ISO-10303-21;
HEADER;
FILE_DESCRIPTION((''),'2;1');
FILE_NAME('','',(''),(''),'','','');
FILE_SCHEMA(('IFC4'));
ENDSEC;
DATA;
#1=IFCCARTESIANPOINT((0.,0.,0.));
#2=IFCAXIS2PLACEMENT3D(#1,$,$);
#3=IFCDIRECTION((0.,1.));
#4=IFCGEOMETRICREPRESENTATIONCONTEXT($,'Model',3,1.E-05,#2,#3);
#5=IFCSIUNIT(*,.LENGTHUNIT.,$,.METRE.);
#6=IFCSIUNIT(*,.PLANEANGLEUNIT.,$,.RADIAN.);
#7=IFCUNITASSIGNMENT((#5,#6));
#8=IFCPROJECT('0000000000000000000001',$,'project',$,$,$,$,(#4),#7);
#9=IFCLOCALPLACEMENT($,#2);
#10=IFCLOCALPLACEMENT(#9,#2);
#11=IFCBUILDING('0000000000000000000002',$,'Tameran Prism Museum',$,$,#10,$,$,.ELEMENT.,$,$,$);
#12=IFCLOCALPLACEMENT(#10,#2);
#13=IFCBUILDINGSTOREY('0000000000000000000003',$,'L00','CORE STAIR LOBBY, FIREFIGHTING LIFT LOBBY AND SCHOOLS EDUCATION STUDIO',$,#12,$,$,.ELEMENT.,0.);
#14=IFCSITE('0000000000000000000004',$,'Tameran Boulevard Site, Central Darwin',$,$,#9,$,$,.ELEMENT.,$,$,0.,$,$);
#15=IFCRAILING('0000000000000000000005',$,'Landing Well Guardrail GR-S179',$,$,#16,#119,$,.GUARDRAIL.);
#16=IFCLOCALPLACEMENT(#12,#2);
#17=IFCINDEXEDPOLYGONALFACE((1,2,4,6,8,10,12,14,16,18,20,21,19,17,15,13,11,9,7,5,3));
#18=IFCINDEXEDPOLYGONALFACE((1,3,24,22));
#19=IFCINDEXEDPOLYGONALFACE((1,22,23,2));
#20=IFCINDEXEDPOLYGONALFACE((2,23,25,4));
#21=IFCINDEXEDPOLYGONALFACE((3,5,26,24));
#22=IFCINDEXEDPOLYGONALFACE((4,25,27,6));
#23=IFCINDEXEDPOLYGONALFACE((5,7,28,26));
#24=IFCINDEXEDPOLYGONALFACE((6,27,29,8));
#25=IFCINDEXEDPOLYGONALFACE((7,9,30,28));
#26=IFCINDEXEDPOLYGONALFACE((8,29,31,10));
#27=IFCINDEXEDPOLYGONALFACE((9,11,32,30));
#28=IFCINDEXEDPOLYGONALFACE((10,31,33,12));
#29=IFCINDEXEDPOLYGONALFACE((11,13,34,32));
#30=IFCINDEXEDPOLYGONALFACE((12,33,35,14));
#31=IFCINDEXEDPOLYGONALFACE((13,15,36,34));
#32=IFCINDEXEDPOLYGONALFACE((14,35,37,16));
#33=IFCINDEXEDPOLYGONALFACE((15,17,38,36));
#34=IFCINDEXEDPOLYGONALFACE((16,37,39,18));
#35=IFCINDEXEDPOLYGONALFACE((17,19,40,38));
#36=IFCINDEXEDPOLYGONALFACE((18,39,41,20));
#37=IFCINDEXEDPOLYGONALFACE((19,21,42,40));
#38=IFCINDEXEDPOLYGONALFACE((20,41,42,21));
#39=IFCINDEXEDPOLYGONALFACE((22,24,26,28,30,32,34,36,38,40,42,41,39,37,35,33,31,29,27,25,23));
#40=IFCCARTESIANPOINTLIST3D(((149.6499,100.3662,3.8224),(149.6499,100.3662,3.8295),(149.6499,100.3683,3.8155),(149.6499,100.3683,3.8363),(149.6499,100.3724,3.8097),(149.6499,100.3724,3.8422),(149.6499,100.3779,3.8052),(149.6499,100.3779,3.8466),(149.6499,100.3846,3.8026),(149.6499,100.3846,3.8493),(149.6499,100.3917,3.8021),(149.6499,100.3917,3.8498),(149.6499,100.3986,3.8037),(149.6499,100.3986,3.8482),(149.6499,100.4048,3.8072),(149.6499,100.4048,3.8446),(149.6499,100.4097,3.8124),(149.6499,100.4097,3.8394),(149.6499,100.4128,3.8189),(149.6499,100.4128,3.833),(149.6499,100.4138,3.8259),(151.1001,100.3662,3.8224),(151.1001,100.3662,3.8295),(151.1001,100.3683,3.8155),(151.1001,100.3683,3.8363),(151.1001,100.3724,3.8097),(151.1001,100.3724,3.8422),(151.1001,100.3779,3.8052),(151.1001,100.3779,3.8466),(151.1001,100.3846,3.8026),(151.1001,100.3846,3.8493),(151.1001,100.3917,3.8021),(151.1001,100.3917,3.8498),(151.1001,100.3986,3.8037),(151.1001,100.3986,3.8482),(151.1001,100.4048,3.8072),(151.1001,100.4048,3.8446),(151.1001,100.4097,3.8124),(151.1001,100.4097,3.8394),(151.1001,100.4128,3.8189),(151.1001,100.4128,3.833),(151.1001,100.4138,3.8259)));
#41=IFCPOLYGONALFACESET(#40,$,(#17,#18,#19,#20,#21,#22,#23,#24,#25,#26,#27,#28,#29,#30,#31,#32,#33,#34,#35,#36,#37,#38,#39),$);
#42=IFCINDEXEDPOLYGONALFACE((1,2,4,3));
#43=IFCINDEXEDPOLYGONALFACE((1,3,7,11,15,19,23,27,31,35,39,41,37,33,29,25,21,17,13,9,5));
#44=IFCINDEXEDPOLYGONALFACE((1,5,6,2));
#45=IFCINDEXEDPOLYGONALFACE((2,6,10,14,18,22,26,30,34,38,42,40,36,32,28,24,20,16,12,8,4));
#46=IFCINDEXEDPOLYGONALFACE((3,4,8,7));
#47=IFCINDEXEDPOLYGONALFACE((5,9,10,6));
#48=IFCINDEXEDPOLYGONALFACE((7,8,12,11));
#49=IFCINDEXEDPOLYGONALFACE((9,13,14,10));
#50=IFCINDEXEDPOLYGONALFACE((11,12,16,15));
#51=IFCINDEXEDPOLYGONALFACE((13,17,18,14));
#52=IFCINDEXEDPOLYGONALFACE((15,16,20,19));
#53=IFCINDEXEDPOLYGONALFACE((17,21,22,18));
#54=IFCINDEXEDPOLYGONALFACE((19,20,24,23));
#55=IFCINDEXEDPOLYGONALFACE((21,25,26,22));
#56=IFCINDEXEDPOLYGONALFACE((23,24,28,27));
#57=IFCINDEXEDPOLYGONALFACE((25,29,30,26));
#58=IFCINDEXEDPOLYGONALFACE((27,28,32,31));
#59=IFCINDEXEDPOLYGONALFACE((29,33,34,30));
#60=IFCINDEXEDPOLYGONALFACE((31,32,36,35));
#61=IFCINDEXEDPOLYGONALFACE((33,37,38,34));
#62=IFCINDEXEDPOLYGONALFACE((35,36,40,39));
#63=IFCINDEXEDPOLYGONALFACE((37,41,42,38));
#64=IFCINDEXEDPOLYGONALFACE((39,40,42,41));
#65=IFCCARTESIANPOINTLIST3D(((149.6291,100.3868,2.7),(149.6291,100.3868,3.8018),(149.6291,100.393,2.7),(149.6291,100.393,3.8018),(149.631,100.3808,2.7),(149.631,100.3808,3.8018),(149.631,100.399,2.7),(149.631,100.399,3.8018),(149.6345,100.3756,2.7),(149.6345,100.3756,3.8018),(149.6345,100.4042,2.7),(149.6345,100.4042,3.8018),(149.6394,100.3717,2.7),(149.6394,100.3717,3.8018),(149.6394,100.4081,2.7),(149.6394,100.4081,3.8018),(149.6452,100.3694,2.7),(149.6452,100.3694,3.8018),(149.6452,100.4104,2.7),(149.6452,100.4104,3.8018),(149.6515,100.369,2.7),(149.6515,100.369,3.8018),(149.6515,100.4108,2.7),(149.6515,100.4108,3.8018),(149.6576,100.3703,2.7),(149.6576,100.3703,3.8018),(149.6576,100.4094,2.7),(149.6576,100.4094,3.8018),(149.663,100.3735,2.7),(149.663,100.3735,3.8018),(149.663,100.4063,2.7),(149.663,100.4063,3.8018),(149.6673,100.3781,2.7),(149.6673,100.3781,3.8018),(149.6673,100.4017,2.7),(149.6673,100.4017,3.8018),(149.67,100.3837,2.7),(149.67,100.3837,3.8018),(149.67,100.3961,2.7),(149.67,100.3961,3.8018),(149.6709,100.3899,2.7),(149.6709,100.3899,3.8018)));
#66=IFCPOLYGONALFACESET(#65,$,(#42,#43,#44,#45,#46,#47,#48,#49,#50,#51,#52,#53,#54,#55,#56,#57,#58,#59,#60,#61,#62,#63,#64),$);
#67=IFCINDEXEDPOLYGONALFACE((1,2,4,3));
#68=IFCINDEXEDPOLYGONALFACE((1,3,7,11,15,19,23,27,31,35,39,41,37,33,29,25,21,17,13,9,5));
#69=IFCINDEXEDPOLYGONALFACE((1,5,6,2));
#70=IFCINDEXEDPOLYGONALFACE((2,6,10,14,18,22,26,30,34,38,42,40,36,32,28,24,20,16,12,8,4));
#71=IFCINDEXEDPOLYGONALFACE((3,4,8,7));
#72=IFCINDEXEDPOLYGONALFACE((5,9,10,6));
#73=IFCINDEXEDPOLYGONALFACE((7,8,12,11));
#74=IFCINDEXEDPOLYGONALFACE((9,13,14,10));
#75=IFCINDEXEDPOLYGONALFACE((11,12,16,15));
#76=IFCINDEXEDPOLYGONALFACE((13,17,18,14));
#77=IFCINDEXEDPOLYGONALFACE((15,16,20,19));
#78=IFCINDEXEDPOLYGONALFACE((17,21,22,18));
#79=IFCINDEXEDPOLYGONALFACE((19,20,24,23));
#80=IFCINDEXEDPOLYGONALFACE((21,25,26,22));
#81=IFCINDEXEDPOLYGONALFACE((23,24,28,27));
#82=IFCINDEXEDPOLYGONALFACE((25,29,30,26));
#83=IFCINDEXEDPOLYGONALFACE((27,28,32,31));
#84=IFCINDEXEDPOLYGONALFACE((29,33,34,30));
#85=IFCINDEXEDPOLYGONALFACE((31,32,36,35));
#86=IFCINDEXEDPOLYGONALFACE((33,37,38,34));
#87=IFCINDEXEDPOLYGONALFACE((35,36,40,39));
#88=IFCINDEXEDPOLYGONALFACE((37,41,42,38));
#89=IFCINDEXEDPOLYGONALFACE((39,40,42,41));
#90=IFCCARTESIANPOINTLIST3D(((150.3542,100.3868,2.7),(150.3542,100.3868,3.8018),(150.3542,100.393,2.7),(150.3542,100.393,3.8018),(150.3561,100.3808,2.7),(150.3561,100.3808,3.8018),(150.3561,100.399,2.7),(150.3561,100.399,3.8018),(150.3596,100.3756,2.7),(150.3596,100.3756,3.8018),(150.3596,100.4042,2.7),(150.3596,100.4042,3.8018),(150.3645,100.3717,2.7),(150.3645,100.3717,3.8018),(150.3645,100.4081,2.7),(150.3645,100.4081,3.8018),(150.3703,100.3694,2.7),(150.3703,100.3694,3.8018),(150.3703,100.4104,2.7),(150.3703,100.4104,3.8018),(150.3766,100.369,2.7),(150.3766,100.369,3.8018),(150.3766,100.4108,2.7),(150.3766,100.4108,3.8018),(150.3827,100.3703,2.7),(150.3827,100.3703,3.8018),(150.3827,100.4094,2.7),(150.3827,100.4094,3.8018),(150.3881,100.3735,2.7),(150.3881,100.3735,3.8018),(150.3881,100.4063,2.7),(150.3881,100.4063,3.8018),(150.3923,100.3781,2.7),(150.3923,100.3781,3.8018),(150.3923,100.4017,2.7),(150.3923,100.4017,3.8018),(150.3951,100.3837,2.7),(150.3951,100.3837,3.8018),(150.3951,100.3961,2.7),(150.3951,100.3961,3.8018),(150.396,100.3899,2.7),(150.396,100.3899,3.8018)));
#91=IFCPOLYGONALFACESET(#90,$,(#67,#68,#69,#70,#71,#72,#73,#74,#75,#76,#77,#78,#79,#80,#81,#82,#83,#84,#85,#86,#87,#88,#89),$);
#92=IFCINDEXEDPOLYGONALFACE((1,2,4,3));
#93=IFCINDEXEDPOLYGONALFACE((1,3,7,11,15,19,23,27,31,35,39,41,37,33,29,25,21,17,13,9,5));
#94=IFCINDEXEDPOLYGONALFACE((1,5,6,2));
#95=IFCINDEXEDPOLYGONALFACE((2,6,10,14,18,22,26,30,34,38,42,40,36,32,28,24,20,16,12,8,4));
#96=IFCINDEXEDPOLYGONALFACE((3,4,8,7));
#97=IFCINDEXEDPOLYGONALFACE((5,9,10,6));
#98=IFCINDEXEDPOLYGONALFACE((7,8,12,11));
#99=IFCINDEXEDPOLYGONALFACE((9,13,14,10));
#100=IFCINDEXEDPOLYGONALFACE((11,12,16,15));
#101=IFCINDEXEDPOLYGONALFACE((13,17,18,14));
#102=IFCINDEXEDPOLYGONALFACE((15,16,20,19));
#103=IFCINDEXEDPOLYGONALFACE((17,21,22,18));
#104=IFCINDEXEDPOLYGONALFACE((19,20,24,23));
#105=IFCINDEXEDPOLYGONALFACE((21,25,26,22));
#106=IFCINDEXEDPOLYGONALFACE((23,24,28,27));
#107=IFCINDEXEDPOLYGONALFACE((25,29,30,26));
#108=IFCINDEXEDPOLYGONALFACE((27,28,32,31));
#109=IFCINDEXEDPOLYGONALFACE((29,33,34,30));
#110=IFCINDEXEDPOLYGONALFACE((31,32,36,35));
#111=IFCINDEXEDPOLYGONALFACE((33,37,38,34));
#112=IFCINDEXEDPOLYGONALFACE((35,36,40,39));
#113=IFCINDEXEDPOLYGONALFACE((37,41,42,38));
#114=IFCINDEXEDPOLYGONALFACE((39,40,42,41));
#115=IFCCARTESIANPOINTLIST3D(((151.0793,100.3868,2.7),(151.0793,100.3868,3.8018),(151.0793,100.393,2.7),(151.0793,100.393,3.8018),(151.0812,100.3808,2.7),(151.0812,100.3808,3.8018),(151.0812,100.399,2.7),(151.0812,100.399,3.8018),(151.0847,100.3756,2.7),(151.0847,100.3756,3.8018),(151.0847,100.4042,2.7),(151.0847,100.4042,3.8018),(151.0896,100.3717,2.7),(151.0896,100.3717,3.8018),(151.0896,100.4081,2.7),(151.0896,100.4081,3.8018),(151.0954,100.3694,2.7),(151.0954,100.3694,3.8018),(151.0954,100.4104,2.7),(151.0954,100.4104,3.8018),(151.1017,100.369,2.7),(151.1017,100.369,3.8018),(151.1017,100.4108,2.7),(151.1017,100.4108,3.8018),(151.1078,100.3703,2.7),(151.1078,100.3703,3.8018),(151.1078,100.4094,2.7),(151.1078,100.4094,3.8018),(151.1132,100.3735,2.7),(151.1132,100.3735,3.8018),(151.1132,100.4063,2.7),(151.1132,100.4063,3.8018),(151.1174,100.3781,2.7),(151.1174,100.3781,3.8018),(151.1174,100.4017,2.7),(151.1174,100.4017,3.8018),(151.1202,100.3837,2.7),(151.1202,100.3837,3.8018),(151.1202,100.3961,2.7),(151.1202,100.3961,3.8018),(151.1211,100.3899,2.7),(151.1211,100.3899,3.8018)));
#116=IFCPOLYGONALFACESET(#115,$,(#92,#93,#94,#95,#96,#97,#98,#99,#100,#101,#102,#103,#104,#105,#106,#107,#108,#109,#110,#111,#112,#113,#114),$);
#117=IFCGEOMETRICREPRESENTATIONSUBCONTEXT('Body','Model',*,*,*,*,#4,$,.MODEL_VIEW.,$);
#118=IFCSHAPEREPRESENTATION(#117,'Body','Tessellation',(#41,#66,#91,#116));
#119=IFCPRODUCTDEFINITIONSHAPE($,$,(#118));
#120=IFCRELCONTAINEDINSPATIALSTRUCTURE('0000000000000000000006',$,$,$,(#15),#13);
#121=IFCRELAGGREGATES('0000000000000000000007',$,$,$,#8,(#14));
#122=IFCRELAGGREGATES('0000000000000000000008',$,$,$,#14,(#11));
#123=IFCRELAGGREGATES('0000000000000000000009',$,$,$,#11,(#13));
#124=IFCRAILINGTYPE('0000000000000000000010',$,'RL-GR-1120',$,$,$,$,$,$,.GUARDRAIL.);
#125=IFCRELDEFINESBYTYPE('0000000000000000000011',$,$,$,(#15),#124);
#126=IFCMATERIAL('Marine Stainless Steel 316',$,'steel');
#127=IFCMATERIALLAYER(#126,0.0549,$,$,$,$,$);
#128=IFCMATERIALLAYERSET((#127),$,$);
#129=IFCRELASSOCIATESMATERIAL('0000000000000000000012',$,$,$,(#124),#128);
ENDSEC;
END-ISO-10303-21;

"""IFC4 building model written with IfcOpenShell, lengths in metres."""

from ifc_helpers import new_model, si_unit, direction, frame, origin, origin_2d, place, context, subcontext, project, spatial, circle, extrude, material, layer, layer_set, type_object, element, save


model = new_model("IFC4")

# Units and contexts
model_context = context("Model", 3, precision=1e-05, world=origin(), true_north=direction((0.0, 1.0)))
body_context = subcontext(model_context, "Body", "Model", "MODEL_VIEW")
ifc_project = project(units=[si_unit("LENGTHUNIT", "METRE"), si_unit("PLANEANGLEUNIT", "RADIAN")], contexts=[model_context])

# Site, building, storey
site_placement = place(None, origin())
site = spatial("IfcSite", under=ifc_project, at=site_placement, Name="Tameran Boulevard Site, Central Darwin", CompositionType="ELEMENT", RefElevation=0.0)
building_placement = place(site_placement, origin())
building = spatial("IfcBuilding", under=site, at=building_placement, Name="Tameran Prism Museum", CompositionType="ELEMENT")
storey_placement = place(building_placement, origin())
storey = spatial("IfcBuildingStorey", under=building, at=storey_placement, Name="L00", Description="CORE STAIR LOBBY, FIREFIGHTING LIFT LOBBY AND SCHOOLS EDUCATION STUDIO", CompositionType="ELEMENT", Elevation=0.0)

# Railing
ifc_material_1 = material(Name="Marine Stainless Steel 316", Category="steel")
ifc_layer_1 = layer(ifc_material_1, 0.0549)
ifc_layer_set_1 = layer_set([ifc_layer_1])
railing_type_1 = type_object("IfcRailingType", Name="RL-GR-1120", PredefinedType="GUARDRAIL", material=ifc_layer_set_1)
railing_1_placement = place(storey_placement, frame((149.6499, 100.3899, 2.7)))
element("IfcRailing", 1, at=railing_1_placement, inside=storey, type_object=railing_type_1, Name="Landing Well Guardrail GR-S179", PredefinedType="GUARDRAIL", context=body_context, shape_type="SweptSolid", body=[
    extrude(circle(Radius=0.0239, at=origin_2d()), frame((0.0, 0.0, 1.126), z_axis=(1.0, 0.0, 0.0), x_axis=(0.0, 1.0, 0.0)), (0.0, 0.0, 1.0), 1.4502),
    extrude(circle(Radius=0.021, at=origin_2d()), origin(), (0.0, 0.0, 1.0), 1.1018),
    extrude(circle(Radius=0.021, at=origin_2d()), frame((0.7251, 0.0, 0.0)), (0.0, 0.0, 1.0), 1.1018),
    extrude(circle(Radius=0.021, at=origin_2d()), frame((1.4502, 0.0, 0.0)), (0.0, 0.0, 1.0), 1.1018),
])

save(model, "model.ifc")
